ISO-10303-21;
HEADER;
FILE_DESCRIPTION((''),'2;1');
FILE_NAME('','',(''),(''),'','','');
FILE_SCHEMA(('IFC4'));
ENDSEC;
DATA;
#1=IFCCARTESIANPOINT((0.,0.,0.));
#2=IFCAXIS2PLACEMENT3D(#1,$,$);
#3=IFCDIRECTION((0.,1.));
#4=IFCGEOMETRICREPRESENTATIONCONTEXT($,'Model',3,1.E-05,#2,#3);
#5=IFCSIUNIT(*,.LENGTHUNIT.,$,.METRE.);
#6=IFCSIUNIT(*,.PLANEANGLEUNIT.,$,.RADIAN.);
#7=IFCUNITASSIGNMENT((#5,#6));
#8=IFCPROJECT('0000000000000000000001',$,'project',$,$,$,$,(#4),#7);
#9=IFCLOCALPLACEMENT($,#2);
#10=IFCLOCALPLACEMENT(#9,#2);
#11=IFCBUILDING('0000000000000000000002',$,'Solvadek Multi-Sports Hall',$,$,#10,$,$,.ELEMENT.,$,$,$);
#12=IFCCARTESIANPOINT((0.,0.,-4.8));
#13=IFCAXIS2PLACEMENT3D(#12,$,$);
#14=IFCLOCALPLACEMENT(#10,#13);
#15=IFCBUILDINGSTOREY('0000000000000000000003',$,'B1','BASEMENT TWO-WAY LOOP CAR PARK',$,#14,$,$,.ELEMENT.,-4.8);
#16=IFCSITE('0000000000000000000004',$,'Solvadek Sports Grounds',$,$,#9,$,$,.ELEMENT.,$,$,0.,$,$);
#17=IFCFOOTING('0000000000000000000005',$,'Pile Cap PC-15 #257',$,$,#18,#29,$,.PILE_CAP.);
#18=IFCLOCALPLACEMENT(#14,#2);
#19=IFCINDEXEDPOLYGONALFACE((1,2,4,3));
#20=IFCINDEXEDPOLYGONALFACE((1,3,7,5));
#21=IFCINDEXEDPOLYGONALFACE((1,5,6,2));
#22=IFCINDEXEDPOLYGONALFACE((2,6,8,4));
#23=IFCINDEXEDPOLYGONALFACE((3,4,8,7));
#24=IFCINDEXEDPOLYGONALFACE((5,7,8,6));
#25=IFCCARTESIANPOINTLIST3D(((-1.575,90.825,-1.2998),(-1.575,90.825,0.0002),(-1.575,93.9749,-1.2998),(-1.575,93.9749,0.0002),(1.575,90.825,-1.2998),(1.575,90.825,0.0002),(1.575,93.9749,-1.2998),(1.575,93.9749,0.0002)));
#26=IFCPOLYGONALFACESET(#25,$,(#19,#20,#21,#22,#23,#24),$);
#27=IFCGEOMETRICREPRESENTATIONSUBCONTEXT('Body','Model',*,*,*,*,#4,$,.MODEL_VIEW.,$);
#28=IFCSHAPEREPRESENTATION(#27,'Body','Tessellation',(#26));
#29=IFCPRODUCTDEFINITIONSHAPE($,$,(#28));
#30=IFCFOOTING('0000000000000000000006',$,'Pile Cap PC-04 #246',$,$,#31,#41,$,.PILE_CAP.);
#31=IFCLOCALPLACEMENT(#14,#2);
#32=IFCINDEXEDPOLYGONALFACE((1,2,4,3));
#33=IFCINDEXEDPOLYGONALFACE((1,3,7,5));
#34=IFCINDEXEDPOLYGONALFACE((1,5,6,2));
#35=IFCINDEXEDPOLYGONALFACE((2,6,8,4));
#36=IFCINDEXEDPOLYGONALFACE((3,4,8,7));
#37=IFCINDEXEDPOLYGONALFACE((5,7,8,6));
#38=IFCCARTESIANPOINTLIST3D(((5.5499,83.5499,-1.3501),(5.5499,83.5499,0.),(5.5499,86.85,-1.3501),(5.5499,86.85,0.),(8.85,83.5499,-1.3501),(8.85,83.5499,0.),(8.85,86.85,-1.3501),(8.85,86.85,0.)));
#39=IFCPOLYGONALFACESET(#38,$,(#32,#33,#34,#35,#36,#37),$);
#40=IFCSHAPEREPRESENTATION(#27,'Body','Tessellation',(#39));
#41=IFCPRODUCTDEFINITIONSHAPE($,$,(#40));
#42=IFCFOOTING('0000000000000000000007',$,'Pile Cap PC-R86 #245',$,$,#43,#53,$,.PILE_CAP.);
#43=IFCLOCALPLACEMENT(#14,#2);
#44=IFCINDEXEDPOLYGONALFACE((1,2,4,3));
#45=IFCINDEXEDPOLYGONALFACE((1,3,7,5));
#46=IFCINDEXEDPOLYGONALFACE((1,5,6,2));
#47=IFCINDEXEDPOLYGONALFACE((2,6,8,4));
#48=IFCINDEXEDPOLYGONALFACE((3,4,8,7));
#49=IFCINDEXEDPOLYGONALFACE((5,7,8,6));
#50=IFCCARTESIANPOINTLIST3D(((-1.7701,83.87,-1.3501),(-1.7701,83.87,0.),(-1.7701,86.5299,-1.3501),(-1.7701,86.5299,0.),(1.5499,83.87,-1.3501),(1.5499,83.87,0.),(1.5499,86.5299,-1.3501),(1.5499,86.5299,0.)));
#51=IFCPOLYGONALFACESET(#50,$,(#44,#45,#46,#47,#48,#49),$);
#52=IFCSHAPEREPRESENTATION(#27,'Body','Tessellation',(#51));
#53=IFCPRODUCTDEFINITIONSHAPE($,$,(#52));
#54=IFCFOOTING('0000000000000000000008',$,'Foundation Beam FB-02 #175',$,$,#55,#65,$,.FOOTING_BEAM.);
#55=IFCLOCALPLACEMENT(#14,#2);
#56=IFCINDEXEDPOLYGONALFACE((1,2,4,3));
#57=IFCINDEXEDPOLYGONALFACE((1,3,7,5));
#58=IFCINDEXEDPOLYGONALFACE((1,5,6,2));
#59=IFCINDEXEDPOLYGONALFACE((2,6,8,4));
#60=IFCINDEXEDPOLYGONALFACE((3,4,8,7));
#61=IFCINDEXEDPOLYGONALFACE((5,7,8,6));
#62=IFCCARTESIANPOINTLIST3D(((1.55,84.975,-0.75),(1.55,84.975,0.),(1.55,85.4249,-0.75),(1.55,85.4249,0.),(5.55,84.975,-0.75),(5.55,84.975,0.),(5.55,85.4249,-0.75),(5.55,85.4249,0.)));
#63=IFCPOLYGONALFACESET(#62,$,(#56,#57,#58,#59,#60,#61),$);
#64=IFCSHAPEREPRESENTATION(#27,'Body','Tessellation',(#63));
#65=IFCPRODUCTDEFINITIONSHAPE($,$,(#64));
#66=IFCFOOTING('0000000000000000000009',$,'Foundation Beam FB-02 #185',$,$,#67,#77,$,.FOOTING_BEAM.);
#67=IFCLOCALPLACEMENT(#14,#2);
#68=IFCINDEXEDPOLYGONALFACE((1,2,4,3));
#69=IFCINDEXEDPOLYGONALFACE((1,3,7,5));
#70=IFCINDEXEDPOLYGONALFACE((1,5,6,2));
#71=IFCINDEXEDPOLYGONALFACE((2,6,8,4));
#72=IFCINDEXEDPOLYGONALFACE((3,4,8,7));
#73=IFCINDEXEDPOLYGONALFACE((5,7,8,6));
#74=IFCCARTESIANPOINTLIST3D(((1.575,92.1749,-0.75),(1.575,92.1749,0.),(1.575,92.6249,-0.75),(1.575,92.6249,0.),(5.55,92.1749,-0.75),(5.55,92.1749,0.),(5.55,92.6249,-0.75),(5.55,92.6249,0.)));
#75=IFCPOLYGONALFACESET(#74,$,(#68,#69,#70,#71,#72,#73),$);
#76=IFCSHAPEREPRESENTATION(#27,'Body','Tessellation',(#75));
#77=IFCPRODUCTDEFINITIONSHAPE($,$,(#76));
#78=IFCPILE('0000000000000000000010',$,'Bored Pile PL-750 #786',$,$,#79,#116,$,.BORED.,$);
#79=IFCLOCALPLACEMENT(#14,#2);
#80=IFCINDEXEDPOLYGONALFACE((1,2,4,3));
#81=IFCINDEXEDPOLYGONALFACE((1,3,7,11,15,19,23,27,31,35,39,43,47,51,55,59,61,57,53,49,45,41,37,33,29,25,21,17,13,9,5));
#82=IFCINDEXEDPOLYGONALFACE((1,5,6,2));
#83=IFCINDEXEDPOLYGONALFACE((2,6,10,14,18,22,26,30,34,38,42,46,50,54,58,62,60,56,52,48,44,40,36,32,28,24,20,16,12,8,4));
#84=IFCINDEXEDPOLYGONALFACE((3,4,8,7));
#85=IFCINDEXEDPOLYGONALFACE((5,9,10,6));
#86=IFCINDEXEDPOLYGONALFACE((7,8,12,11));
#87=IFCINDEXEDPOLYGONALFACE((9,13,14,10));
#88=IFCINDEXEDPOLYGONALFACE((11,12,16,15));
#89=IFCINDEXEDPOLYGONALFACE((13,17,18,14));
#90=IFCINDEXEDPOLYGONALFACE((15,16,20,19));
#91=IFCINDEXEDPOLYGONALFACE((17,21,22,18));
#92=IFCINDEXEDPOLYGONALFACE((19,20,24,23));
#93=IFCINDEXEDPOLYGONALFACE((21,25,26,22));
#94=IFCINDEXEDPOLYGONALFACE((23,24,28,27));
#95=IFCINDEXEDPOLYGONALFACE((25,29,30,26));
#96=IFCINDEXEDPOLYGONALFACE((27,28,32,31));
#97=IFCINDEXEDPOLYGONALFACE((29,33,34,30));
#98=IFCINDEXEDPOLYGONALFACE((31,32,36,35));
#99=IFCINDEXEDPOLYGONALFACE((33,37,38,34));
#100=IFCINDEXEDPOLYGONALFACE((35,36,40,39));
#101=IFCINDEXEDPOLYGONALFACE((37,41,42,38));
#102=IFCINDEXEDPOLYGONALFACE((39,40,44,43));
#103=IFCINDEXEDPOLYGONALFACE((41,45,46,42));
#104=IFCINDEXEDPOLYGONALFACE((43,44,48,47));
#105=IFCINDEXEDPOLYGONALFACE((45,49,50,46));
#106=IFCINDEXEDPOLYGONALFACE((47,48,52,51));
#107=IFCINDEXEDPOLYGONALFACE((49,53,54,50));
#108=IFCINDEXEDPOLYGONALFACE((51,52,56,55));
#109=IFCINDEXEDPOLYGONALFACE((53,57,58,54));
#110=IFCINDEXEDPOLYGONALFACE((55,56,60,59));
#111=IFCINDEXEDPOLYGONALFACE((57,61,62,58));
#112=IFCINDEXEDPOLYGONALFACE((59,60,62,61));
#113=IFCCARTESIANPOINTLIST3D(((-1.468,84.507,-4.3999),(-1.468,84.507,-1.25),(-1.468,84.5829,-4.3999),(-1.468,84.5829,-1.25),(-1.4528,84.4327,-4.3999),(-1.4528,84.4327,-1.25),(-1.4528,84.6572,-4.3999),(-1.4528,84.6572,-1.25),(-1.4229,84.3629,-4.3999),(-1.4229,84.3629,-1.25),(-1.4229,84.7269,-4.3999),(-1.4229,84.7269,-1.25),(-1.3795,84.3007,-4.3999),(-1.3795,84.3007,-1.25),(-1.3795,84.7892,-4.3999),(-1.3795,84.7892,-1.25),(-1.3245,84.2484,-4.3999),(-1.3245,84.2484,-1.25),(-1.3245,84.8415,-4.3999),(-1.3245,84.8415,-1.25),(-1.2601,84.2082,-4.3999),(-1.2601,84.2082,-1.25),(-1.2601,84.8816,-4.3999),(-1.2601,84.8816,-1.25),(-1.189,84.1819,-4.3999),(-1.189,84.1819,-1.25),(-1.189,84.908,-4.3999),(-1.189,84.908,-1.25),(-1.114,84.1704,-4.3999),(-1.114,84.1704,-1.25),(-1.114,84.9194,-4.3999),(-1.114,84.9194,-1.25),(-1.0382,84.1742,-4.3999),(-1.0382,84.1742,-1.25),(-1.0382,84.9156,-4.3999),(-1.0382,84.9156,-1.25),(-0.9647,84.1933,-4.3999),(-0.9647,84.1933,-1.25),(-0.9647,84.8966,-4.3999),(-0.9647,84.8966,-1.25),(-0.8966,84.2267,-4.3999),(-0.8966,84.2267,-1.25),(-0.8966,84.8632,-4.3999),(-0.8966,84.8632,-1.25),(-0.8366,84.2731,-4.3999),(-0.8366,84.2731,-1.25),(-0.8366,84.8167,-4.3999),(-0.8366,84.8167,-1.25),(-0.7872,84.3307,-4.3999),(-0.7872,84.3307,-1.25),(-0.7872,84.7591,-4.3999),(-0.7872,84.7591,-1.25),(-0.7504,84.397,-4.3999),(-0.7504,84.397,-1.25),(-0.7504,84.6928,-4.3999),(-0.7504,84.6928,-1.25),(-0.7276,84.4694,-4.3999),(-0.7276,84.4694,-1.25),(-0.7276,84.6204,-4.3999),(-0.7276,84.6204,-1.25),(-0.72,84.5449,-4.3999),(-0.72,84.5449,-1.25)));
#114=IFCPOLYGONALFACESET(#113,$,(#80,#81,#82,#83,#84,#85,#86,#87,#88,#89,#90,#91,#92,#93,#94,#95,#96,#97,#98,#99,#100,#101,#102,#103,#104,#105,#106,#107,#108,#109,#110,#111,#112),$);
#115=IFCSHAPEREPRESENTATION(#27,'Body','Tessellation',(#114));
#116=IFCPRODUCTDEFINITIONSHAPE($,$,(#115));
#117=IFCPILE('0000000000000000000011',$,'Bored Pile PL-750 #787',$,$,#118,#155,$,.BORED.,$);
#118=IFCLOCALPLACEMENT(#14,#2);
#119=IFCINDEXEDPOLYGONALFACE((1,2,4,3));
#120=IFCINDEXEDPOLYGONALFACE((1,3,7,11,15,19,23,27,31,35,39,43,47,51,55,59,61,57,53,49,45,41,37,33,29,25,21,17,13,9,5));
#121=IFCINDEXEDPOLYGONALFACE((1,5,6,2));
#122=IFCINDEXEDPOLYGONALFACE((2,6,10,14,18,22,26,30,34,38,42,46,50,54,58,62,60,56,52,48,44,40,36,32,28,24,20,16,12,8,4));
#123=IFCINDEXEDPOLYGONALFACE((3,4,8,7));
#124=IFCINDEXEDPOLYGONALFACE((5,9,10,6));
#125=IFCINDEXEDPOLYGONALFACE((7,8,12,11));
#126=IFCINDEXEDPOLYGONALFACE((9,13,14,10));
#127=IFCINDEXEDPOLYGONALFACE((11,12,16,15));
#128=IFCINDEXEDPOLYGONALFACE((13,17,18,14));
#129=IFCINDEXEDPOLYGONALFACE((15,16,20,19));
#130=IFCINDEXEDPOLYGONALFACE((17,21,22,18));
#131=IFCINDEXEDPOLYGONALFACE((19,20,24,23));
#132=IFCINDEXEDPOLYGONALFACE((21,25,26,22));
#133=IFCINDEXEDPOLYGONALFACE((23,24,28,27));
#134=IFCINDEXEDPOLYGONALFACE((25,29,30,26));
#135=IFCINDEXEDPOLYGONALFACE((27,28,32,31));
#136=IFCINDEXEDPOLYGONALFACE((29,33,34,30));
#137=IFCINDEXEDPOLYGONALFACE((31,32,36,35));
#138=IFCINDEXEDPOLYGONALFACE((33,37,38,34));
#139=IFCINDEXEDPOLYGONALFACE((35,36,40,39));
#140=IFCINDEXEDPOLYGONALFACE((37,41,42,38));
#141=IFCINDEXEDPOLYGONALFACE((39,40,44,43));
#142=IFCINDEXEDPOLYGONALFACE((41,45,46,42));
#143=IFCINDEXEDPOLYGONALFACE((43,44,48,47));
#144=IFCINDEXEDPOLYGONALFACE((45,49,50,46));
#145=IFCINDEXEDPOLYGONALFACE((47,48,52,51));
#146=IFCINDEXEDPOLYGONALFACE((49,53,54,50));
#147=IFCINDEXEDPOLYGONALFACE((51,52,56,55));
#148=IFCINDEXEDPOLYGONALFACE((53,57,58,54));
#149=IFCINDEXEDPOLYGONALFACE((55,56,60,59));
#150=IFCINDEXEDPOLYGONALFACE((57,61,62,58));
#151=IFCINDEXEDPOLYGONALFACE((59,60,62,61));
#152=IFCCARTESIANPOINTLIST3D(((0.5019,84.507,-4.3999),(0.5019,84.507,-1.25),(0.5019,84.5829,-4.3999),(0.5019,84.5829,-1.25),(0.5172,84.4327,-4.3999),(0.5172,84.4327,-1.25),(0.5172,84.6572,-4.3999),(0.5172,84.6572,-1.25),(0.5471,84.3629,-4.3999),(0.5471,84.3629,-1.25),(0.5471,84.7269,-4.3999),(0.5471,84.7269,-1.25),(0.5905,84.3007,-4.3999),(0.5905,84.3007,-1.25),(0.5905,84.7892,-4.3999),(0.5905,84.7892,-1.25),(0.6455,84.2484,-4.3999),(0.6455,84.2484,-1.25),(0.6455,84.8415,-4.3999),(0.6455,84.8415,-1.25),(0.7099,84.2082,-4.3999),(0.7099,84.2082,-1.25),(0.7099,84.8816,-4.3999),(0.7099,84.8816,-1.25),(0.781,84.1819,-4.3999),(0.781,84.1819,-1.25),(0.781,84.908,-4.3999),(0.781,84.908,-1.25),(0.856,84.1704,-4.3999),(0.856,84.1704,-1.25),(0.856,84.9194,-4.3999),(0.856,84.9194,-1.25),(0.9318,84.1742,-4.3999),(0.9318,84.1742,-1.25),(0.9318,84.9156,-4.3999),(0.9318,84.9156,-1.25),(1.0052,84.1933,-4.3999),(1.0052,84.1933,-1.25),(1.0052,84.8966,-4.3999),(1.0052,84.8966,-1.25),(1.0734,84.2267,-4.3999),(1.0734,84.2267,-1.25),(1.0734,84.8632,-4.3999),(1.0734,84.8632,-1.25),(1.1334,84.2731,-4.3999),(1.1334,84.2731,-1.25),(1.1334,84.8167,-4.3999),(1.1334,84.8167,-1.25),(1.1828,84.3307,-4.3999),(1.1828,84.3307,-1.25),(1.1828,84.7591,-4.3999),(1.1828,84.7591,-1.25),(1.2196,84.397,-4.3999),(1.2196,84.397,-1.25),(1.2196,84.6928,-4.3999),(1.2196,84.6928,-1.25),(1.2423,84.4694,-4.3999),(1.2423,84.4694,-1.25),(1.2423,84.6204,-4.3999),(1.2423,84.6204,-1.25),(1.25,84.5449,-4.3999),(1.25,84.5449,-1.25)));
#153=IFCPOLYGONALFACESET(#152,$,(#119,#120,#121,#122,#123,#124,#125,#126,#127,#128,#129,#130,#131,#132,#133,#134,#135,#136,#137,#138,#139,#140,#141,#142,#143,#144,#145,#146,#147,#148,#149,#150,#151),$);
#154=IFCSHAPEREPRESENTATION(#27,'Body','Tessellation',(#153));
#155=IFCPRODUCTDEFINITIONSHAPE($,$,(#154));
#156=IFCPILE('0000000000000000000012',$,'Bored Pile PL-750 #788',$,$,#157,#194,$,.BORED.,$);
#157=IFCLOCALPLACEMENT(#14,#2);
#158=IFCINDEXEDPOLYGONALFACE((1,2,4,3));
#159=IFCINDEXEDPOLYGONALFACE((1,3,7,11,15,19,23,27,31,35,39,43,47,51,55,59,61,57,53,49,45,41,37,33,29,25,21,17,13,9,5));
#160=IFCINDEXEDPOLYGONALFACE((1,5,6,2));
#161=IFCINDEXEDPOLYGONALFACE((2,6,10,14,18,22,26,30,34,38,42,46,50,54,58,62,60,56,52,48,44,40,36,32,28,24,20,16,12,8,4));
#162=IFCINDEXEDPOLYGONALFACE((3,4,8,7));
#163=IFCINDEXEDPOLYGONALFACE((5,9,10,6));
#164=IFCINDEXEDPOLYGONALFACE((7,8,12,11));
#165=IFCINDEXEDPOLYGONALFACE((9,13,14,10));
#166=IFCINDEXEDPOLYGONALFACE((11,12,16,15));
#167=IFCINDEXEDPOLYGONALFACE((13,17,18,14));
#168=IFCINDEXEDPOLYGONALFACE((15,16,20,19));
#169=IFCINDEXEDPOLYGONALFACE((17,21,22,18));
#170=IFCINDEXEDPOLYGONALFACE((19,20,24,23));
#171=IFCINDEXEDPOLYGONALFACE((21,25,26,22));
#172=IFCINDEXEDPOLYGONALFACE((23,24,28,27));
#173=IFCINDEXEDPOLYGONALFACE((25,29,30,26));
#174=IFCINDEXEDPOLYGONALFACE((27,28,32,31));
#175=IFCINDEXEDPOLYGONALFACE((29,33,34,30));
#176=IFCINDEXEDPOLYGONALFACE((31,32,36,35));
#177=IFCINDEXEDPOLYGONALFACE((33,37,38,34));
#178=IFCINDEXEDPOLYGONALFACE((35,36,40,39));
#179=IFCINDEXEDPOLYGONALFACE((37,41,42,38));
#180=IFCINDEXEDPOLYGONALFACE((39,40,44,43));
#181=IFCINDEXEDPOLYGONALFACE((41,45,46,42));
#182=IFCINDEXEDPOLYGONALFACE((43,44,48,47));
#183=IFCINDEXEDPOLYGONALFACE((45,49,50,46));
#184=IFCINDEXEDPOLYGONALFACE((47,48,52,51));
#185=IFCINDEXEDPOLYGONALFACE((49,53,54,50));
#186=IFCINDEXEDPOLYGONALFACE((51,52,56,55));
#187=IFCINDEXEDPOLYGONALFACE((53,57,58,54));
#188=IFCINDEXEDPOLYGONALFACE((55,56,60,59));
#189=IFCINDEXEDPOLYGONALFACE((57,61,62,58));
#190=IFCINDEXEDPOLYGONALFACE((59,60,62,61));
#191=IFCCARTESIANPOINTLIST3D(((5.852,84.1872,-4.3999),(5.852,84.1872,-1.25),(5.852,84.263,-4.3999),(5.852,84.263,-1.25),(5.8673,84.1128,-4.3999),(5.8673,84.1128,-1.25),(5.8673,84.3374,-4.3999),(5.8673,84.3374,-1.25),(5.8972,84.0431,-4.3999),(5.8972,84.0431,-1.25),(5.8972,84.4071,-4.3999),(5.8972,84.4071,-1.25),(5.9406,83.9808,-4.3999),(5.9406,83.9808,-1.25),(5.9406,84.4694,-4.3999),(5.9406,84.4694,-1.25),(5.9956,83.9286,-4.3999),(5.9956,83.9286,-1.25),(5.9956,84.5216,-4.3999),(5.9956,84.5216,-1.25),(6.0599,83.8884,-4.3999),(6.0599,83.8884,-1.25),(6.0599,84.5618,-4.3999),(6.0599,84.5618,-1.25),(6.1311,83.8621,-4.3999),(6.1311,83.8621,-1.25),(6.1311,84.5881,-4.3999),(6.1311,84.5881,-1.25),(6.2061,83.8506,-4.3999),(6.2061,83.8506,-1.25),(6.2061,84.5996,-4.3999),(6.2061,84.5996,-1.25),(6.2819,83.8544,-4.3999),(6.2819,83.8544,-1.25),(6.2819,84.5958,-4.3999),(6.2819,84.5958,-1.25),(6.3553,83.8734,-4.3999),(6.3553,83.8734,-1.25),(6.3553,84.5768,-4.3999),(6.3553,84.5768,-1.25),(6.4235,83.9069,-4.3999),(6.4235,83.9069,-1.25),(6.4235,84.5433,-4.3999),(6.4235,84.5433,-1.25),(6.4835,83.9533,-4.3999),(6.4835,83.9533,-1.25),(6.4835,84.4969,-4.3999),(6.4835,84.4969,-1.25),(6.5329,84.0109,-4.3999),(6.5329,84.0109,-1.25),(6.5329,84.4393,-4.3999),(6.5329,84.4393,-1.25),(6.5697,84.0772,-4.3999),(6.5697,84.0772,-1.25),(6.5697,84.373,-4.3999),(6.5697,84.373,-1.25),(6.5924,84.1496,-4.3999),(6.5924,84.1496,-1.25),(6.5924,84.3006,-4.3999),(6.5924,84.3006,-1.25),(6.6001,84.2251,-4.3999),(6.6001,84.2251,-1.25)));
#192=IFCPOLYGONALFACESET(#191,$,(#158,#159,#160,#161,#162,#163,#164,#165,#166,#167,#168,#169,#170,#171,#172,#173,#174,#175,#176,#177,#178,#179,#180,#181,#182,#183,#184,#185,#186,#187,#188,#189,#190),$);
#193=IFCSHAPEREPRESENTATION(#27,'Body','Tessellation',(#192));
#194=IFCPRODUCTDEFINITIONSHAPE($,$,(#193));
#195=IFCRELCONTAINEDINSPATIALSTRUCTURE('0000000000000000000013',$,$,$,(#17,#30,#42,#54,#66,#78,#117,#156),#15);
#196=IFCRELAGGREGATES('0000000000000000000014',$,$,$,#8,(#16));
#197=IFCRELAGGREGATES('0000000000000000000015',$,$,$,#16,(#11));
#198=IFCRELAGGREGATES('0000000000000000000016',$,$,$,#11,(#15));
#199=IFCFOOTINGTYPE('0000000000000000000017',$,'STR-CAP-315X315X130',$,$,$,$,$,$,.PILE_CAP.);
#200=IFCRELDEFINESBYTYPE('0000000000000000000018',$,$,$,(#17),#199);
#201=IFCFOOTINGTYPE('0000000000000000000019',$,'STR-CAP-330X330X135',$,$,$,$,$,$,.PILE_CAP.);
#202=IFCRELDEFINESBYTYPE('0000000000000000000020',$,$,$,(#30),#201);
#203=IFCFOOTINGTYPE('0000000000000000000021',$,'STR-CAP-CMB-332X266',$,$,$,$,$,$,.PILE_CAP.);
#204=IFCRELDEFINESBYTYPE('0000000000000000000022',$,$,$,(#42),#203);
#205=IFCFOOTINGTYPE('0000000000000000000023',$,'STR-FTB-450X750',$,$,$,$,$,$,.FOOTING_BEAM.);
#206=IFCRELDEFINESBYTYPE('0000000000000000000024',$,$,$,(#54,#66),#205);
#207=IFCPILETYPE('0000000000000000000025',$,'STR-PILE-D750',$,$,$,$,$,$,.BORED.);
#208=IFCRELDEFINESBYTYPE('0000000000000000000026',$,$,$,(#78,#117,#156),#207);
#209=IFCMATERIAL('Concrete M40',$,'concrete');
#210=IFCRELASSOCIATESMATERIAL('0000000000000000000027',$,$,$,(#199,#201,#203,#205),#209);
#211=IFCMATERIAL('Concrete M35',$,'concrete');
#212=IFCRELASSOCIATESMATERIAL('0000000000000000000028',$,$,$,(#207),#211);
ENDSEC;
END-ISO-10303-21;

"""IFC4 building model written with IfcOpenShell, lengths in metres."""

from ifc_helpers import new_model, si_unit, direction, frame, origin, origin_2d, place, context, subcontext, project, spatial, rectangle, circle, extrude, material, material_profile, profile_set, type_object, element, save


model = new_model("IFC4")

# Units and contexts
model_context = context("Model", 3, precision=1e-05, world=origin(), true_north=direction((0.0, 1.0)))
body_context = subcontext(model_context, "Body", "Model", "MODEL_VIEW")
ifc_project = project(units=[si_unit("LENGTHUNIT", "METRE"), si_unit("PLANEANGLEUNIT", "RADIAN")], contexts=[model_context])

# Site, building, storey
site_placement = place(None, origin())
site = spatial("IfcSite", under=ifc_project, at=site_placement, Name="Solvadek Sports Grounds", CompositionType="ELEMENT", RefElevation=0.0)
building_placement = place(site_placement, origin())
building = spatial("IfcBuilding", under=site, at=building_placement, Name="Solvadek Multi-Sports Hall", CompositionType="ELEMENT")
storey_placement = place(building_placement, frame((0.0, 0.0, -4.8)))
storey = spatial("IfcBuildingStorey", under=building, at=storey_placement, Name="B1", Description="BASEMENT TWO-WAY LOOP CAR PARK", CompositionType="ELEMENT", Elevation=-4.8)

# Footings
ifc_material_1 = material(Name="Concrete M40", Category="concrete")
footing_type_1 = type_object("IfcFootingType", Name="STR-CAP-315X315X130", PredefinedType="PILE_CAP", material=ifc_material_1)
footing_1_placement = place(storey_placement, frame((0.0, 92.3999, -1.2998), z_axis=(0.0, 0.0, 1.0), x_axis=(1.0, 0.0, 0.0)))
element("IfcFooting", 1, at=footing_1_placement, inside=storey, type_object=footing_type_1, Name="Pile Cap PC-15 #257", PredefinedType="PILE_CAP", context=body_context, shape_type="SweptSolid", body=[
    extrude(rectangle(XDim=3.1499, YDim=3.1499, at=origin_2d()), origin(), (0.0, 0.0, 1.0), 1.3),
])
footing_type_2 = type_object("IfcFootingType", Name="STR-CAP-330X330X135", PredefinedType="PILE_CAP", material=ifc_material_1)
footing_2_placement = place(storey_placement, frame((7.2, 85.2, -1.3501), z_axis=(0.0, 0.0, 1.0), x_axis=(1.0, 0.0, 0.0)))
element("IfcFooting", 2, at=footing_2_placement, inside=storey, type_object=footing_type_2, Name="Pile Cap PC-04 #246", PredefinedType="PILE_CAP", context=body_context, shape_type="SweptSolid", body=[
    extrude(rectangle(XDim=3.3, YDim=3.3, at=origin_2d()), origin(), (0.0, 0.0, 1.0), 1.3501),
])
footing_type_3 = type_object("IfcFootingType", Name="STR-CAP-CMB-332X266", PredefinedType="PILE_CAP", material=ifc_material_1)
footing_3_placement = place(storey_placement, frame((-0.1101, 85.2, -1.3501), z_axis=(0.0, 0.0, 1.0), x_axis=(1.0, 0.0, 0.0)))
element("IfcFooting", 3, at=footing_3_placement, inside=storey, type_object=footing_type_3, Name="Pile Cap PC-R86 #245", PredefinedType="PILE_CAP", context=body_context, shape_type="SweptSolid", body=[
    extrude(rectangle(XDim=3.3201, YDim=2.6599, at=origin_2d()), origin(), (0.0, 0.0, 1.0), 1.3501),
])
footing_type_4 = type_object("IfcFootingType", Name="STR-FTB-450X750", PredefinedType="FOOTING_BEAM", material=ifc_material_1)
footing_4_placement = place(storey_placement, frame((3.55, 85.2, -0.75), z_axis=(0.0, 0.0, 1.0), x_axis=(1.0, 0.0, 0.0)))
element("IfcFooting", 4, at=footing_4_placement, inside=storey, type_object=footing_type_4, Name="Foundation Beam FB-02 #175", PredefinedType="FOOTING_BEAM", context=body_context, shape_type="SweptSolid", body=[
    extrude(rectangle(XDim=4.0, YDim=0.45, at=origin_2d()), origin(), (0.0, 0.0, 1.0), 0.75),
])
footing_5_placement = place(storey_placement, frame((3.5625, 92.3999, -0.75), z_axis=(0.0, 0.0, 1.0), x_axis=(1.0, 0.0, 0.0)))
element("IfcFooting", 5, at=footing_5_placement, inside=storey, type_object=footing_type_4, Name="Foundation Beam FB-02 #185", PredefinedType="FOOTING_BEAM", context=body_context, shape_type="SweptSolid", body=[
    extrude(rectangle(XDim=3.9751, YDim=0.45, at=origin_2d()), origin(), (0.0, 0.0, 1.0), 0.75),
])

# Piles
ifc_material_2 = material(Name="Concrete M35", Category="concrete")
ifc_material_profile_1 = material_profile(ifc_material_2, circle(Radius=0.375, at=origin_2d()), Name="BORED PILE D750")
ifc_profile_set_1 = profile_set([ifc_material_profile_1], Name="Concrete M35")
pile_type_1 = type_object("IfcPileType", Name="STR-PILE-D750", PredefinedType="BORED", material=ifc_profile_set_1)
for number, where, z_axis, x_axis, name in (
    (6, (-1.095, 84.5449, -1.25), (0.0, 0.0, -1.0), (1.0, 0.0, 0.0), "Bored Pile PL-750 #786"),
    (7, (0.875, 84.5449, -1.25), (0.0, 0.0, -1.0), (1.0, 0.0, 0.0), "Bored Pile PL-750 #787"),
    (8, (6.2251, 84.2251, -1.25), (0.0, 0.0, -1.0), (1.0, 0.0, 0.0), "Bored Pile PL-750 #788"),
):
    element("IfcPile", number, at=place(storey_placement, frame(where, z_axis=z_axis, x_axis=x_axis)), inside=storey, type_object=pile_type_1, Name=name, PredefinedType="BORED", context=body_context, shape_type="SweptSolid", body=[
        extrude(circle(Radius=0.375, at=origin_2d()), origin(), (0.0, 0.0, 1.0), 3.1499),
    ])

save(model, "model.ifc")
